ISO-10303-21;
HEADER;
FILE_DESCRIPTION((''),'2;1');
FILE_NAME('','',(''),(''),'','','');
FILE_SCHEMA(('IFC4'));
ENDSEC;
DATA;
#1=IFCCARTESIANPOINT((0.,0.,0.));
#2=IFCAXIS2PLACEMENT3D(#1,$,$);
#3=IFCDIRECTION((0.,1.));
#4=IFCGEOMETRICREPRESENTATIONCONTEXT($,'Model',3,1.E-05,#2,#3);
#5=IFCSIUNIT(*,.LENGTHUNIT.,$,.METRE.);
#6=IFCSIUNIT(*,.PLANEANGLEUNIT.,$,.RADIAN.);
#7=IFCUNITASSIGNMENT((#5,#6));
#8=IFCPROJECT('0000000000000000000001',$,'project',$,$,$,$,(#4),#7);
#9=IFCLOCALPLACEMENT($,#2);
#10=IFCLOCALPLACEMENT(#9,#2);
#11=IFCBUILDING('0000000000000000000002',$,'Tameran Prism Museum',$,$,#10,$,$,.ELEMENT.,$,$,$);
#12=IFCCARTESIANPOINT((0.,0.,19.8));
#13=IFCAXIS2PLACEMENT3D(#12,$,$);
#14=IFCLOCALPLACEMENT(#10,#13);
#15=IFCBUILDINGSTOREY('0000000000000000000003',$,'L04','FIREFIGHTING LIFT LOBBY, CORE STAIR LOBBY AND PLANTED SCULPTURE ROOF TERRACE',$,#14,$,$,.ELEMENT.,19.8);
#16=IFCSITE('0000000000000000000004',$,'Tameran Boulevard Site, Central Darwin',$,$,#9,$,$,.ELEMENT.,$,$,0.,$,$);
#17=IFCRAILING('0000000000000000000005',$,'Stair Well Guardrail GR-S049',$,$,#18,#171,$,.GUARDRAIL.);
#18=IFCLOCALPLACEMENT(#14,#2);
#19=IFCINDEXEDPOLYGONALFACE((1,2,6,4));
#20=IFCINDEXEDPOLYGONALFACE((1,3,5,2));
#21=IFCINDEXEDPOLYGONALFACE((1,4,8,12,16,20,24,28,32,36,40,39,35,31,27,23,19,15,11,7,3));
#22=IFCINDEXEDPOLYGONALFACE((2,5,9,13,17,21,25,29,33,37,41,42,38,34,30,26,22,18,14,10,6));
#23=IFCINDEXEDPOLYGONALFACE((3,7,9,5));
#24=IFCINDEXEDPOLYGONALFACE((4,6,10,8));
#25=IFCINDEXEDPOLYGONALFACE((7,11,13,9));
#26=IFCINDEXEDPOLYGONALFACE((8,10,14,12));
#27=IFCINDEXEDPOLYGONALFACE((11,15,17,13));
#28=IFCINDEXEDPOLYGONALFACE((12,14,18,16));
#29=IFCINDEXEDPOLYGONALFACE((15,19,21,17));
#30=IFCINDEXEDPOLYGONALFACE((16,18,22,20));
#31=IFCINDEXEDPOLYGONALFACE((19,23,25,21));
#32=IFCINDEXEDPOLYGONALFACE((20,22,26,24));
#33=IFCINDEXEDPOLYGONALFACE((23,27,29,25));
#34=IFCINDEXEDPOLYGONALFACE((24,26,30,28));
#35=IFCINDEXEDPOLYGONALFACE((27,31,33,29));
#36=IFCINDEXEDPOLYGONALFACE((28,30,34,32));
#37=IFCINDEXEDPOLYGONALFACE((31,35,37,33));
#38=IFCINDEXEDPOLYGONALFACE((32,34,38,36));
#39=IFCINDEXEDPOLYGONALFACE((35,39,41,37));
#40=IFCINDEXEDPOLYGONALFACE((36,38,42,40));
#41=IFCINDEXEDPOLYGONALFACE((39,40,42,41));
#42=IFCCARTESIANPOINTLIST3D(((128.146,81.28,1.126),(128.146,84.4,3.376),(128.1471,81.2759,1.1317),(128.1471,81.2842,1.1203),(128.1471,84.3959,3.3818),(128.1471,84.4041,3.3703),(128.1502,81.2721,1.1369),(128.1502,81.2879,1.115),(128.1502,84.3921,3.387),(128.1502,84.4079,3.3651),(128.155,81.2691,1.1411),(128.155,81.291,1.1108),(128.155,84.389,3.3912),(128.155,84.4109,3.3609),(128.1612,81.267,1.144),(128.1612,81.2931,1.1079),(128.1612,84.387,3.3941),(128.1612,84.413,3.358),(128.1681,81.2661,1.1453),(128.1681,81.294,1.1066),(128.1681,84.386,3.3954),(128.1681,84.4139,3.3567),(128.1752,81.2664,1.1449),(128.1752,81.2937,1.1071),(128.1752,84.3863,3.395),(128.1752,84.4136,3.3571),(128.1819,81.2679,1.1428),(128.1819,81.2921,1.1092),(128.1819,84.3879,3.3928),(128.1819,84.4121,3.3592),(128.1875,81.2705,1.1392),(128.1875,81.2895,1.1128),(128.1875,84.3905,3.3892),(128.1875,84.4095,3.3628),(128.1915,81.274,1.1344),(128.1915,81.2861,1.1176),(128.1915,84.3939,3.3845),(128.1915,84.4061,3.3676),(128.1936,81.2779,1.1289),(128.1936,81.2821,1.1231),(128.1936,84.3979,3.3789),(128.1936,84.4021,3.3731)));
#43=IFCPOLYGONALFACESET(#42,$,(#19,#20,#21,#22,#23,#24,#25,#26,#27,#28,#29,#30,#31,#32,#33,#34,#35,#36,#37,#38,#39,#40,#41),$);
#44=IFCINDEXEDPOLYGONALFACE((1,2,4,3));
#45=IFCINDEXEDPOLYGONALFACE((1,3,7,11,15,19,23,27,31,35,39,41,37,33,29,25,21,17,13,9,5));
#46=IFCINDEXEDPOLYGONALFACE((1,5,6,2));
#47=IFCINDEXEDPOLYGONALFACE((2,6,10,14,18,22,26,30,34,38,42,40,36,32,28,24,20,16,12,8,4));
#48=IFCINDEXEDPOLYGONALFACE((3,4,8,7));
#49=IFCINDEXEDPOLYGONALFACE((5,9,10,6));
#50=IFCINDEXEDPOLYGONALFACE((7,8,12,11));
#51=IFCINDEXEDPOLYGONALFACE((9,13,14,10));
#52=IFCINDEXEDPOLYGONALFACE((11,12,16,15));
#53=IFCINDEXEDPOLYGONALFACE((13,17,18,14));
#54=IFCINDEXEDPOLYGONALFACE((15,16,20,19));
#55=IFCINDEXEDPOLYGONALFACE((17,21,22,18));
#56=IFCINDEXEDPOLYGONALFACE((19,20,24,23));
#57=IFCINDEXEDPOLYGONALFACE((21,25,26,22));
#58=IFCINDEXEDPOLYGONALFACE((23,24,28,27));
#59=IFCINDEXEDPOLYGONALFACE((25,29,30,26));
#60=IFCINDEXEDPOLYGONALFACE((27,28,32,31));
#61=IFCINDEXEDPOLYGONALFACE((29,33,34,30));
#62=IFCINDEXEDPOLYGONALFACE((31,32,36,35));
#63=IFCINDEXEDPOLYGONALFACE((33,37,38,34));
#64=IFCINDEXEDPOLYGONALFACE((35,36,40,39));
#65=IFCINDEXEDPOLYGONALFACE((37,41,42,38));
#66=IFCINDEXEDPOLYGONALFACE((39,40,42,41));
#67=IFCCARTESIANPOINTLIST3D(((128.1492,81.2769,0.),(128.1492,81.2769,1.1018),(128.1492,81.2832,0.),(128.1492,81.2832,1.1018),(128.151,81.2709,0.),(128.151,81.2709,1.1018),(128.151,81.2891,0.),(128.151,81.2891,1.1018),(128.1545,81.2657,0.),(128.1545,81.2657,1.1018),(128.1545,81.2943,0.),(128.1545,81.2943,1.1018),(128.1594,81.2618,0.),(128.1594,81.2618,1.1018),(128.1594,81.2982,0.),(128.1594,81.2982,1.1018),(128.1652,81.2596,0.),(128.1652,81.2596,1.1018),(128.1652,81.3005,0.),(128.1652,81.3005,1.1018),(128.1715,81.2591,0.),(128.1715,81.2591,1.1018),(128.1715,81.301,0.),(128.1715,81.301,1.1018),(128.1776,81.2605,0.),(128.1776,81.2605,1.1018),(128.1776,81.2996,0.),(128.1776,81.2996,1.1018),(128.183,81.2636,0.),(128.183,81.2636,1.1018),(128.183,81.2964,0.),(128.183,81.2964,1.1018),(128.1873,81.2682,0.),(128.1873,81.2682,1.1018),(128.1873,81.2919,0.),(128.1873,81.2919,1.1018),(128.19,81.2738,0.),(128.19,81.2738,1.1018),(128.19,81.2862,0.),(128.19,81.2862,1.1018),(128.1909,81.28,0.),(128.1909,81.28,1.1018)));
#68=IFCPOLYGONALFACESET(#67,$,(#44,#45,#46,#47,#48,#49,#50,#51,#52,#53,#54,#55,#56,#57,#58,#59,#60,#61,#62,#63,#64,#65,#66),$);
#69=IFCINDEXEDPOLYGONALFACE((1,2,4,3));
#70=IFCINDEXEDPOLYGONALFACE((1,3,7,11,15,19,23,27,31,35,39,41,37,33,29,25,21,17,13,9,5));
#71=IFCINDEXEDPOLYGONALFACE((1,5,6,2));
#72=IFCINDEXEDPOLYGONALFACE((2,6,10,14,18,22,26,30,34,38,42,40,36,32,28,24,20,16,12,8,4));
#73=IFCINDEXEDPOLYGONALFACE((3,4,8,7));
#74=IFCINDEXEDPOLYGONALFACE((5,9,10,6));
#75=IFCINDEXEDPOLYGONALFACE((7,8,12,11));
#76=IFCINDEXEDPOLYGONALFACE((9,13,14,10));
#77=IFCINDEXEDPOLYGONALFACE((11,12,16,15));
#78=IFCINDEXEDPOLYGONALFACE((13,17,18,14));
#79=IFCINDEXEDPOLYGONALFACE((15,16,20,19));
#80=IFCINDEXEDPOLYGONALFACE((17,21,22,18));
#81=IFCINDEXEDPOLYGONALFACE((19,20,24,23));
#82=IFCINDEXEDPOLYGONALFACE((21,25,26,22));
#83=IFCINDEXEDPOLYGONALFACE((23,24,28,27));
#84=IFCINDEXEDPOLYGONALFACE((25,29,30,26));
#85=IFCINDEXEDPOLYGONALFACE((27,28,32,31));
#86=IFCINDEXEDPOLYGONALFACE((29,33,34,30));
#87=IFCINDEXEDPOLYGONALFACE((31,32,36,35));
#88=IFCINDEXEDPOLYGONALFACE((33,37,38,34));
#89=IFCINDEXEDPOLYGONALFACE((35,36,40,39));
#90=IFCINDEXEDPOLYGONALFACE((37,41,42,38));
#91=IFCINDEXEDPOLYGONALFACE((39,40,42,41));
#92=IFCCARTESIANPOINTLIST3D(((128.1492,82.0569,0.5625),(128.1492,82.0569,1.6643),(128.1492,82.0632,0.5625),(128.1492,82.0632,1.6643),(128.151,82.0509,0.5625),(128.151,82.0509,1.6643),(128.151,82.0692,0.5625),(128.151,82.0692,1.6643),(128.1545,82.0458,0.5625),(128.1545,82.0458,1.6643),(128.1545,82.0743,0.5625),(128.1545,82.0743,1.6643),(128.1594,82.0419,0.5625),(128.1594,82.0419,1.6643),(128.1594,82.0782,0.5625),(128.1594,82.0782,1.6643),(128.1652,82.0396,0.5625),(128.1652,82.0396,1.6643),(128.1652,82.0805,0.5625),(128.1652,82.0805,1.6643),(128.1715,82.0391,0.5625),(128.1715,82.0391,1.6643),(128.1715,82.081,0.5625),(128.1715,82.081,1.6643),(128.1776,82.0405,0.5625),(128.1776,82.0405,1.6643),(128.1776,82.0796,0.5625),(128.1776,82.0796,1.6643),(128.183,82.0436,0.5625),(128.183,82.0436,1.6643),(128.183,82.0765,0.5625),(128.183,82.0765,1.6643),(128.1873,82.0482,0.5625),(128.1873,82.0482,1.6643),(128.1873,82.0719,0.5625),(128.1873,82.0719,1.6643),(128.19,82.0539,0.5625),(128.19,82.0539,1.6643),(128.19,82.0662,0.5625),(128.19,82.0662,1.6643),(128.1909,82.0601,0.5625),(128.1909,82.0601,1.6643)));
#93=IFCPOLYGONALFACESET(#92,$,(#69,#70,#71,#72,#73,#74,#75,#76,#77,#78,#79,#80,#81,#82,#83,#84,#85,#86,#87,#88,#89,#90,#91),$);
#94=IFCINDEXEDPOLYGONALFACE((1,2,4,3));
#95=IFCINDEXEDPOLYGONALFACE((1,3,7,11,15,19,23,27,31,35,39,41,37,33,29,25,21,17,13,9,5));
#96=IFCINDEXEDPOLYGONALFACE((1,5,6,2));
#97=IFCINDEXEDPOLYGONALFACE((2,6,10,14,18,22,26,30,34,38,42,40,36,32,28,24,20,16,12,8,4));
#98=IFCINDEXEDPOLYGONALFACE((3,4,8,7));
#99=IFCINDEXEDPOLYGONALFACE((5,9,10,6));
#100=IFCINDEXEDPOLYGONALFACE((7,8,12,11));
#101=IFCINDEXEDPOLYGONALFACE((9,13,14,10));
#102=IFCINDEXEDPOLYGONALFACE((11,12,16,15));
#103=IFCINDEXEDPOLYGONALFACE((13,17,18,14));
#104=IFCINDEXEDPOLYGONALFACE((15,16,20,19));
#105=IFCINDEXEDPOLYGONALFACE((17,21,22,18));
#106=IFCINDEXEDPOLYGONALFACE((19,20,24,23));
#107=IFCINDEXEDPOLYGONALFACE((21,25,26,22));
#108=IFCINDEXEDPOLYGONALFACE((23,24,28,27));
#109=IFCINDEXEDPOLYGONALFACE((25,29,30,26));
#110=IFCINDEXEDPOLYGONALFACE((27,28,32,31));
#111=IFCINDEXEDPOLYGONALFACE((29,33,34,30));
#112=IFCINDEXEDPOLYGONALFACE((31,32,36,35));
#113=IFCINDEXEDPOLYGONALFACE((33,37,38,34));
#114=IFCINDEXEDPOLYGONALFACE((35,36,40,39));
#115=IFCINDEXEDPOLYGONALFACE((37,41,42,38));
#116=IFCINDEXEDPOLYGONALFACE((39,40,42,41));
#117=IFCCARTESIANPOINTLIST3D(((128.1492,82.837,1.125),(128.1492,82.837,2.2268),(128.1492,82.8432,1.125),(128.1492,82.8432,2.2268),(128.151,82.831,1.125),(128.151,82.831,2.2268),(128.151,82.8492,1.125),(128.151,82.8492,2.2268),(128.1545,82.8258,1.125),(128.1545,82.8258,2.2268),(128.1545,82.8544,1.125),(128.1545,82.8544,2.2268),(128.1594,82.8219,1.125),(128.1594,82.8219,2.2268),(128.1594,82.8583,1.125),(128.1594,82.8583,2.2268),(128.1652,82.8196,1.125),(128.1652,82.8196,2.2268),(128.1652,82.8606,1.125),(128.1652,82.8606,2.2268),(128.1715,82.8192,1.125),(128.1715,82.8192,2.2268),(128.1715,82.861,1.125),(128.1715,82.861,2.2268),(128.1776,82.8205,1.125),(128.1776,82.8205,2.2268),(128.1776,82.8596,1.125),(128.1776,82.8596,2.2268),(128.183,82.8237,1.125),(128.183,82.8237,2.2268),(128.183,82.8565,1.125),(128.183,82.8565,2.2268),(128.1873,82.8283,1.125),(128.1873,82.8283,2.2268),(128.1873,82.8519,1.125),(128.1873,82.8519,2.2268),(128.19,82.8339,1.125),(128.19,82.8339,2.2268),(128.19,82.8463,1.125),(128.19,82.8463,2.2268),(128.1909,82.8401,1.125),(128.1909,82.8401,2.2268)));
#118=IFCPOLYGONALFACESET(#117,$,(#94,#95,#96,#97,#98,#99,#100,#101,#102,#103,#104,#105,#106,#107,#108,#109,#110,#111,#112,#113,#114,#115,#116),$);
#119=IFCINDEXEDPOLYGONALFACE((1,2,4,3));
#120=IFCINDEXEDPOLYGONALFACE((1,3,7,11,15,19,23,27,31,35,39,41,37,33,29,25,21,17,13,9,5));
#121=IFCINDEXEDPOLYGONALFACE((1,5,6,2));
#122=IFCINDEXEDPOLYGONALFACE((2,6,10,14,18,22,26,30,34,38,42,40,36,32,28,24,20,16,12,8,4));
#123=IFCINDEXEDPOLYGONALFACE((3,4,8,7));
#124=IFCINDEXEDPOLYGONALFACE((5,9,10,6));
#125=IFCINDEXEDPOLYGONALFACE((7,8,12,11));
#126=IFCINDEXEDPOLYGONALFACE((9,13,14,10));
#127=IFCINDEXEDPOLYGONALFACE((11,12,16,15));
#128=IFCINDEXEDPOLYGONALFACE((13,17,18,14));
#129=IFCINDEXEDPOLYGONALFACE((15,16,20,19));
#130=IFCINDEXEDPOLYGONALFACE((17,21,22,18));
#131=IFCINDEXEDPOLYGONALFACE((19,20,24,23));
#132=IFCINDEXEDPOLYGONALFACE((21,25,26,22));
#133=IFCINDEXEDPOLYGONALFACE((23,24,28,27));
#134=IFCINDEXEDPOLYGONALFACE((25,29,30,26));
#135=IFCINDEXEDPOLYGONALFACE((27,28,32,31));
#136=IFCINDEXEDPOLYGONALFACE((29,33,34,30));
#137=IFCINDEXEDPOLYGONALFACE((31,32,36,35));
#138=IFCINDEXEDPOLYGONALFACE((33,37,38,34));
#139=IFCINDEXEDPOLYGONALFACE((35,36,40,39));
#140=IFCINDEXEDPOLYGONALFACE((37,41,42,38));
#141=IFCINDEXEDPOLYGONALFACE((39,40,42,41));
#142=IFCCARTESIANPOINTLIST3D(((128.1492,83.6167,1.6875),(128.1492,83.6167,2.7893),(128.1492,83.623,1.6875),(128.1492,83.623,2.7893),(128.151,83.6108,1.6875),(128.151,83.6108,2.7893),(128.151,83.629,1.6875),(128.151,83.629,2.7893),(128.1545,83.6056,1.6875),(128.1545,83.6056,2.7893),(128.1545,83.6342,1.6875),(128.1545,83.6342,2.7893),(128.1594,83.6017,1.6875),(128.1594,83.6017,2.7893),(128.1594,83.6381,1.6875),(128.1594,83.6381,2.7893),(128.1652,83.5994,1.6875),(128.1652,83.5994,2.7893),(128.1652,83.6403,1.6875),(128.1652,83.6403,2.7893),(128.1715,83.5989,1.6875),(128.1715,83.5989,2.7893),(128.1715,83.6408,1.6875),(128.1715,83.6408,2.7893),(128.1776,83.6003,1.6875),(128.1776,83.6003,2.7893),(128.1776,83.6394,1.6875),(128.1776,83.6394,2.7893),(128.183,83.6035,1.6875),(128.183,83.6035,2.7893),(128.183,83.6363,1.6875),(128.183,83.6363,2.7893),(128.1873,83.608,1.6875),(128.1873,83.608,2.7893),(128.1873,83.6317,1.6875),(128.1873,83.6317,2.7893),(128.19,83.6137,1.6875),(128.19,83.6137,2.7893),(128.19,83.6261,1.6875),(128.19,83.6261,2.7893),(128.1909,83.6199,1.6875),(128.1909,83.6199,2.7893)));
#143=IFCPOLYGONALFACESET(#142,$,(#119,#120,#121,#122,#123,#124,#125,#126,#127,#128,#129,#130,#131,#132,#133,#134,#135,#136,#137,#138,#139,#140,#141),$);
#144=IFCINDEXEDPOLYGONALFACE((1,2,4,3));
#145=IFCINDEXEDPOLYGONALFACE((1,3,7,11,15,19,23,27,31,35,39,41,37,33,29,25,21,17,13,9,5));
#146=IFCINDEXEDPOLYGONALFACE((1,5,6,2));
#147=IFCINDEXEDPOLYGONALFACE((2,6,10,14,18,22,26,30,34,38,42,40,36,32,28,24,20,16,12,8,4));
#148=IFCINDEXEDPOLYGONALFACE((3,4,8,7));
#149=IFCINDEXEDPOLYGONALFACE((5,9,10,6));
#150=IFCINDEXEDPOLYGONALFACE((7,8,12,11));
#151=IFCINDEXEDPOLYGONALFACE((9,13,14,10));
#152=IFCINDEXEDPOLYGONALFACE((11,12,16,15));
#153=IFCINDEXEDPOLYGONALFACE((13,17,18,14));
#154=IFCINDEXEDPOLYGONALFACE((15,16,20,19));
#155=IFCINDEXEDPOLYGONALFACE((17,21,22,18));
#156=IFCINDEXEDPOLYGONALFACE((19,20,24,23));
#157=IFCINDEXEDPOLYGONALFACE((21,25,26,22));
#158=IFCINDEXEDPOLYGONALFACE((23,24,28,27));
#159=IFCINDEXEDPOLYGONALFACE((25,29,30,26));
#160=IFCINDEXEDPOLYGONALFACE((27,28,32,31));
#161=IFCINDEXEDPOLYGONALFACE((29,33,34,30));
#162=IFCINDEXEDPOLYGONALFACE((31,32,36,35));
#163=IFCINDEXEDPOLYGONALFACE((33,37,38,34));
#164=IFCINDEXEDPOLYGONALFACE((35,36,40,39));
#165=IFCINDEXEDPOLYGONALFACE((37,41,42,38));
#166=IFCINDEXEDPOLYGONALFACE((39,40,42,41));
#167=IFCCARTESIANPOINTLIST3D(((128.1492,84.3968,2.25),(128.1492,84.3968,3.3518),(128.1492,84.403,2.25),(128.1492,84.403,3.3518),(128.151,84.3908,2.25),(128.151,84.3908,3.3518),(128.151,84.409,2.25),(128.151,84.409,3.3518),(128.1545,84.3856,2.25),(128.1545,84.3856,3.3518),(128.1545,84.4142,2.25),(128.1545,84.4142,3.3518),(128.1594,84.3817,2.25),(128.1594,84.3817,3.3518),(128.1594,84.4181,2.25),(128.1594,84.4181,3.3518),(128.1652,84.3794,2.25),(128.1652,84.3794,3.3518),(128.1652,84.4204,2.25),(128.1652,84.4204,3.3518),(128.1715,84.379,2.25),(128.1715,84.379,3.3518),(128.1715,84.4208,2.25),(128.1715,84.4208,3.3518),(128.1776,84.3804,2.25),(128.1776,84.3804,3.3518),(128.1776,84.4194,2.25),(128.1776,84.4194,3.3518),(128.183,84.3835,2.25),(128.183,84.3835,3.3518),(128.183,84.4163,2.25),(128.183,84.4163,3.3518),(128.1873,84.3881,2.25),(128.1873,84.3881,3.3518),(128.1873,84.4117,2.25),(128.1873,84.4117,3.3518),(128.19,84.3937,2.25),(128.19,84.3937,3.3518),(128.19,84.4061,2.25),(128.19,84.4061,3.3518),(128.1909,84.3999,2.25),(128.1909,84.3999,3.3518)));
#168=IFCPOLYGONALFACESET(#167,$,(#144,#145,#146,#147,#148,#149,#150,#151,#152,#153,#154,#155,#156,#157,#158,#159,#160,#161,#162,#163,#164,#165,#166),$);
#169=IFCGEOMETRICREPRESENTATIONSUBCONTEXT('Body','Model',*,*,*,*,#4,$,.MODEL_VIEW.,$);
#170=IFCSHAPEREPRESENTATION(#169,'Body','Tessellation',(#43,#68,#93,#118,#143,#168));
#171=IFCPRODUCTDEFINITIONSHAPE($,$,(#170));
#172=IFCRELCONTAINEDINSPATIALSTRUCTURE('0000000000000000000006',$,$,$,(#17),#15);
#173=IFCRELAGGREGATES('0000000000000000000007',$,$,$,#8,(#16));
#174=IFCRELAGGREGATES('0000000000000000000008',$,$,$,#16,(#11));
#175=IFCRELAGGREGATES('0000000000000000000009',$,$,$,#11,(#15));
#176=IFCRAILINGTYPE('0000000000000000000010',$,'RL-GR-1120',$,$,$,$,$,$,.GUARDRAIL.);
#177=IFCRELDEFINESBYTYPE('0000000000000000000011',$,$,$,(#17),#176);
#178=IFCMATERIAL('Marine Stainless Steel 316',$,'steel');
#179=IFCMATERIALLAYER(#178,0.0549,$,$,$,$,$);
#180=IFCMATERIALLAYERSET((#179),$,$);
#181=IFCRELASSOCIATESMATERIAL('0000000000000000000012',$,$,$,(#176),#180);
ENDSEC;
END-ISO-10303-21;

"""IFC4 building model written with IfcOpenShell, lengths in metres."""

from ifc_helpers import new_model, si_unit, direction, frame, origin, origin_2d, place, context, subcontext, project, spatial, circle, extrude, material, layer, layer_set, type_object, element, save


model = new_model("IFC4")

# Units and contexts
model_context = context("Model", 3, precision=1e-05, world=origin(), true_north=direction((0.0, 1.0)))
body_context = subcontext(model_context, "Body", "Model", "MODEL_VIEW")
ifc_project = project(units=[si_unit("LENGTHUNIT", "METRE"), si_unit("PLANEANGLEUNIT", "RADIAN")], contexts=[model_context])

# Site, building, storey
site_placement = place(None, origin())
site = spatial("IfcSite", under=ifc_project, at=site_placement, Name="Tameran Boulevard Site, Central Darwin", CompositionType="ELEMENT", RefElevation=0.0)
building_placement = place(site_placement, origin())
building = spatial("IfcBuilding", under=site, at=building_placement, Name="Tameran Prism Museum", CompositionType="ELEMENT")
storey_placement = place(building_placement, frame((0.0, 0.0, 19.8)))
storey = spatial("IfcBuildingStorey", under=building, at=storey_placement, Name="L04", Description="FIREFIGHTING LIFT LOBBY, CORE STAIR LOBBY AND PLANTED SCULPTURE ROOF TERRACE", CompositionType="ELEMENT", Elevation=19.8)

# Railing
ifc_material_1 = material(Name="Marine Stainless Steel 316", Category="steel")
ifc_layer_1 = layer(ifc_material_1, 0.0549)
ifc_layer_set_1 = layer_set([ifc_layer_1])
railing_type_1 = type_object("IfcRailingType", Name="RL-GR-1120", PredefinedType="GUARDRAIL", material=ifc_layer_set_1)
for number, where, name in (
    (1, (128.1699, 81.28, 0.0), "Stair Well Guardrail GR-S049"),
):
    element("IfcRailing", number, at=place(storey_placement, frame(where)), inside=storey, type_object=railing_type_1, Name=name, PredefinedType="GUARDRAIL", context=body_context, shape_type="SweptSolid", body=[
        extrude(circle(Radius=0.0239, at=origin_2d()), frame((0.0, 0.0, 1.126), z_axis=(0.0, 0.811079, 0.584937), x_axis=(-1.0, 0.0, 0.0)), (0.0, 0.0, 1.0), 3.8467),
        extrude(circle(Radius=0.021, at=origin_2d()), origin(), (0.0, 0.0, 1.0), 1.1018),
        extrude(circle(Radius=0.021, at=origin_2d()), frame((0.0, 0.78, 0.5625)), (0.0, 0.0, 1.0), 1.1018),
        extrude(circle(Radius=0.021, at=origin_2d()), frame((0.0, 1.5601, 1.125)), (0.0, 0.0, 1.0), 1.1018),
        extrude(circle(Radius=0.021, at=origin_2d()), frame((0.0, 2.3398, 1.6875)), (0.0, 0.0, 1.0), 1.1018),
        extrude(circle(Radius=0.021, at=origin_2d()), frame((0.0, 3.1199, 2.25)), (0.0, 0.0, 1.0), 1.1018),
    ])

save(model, "model.ifc")
